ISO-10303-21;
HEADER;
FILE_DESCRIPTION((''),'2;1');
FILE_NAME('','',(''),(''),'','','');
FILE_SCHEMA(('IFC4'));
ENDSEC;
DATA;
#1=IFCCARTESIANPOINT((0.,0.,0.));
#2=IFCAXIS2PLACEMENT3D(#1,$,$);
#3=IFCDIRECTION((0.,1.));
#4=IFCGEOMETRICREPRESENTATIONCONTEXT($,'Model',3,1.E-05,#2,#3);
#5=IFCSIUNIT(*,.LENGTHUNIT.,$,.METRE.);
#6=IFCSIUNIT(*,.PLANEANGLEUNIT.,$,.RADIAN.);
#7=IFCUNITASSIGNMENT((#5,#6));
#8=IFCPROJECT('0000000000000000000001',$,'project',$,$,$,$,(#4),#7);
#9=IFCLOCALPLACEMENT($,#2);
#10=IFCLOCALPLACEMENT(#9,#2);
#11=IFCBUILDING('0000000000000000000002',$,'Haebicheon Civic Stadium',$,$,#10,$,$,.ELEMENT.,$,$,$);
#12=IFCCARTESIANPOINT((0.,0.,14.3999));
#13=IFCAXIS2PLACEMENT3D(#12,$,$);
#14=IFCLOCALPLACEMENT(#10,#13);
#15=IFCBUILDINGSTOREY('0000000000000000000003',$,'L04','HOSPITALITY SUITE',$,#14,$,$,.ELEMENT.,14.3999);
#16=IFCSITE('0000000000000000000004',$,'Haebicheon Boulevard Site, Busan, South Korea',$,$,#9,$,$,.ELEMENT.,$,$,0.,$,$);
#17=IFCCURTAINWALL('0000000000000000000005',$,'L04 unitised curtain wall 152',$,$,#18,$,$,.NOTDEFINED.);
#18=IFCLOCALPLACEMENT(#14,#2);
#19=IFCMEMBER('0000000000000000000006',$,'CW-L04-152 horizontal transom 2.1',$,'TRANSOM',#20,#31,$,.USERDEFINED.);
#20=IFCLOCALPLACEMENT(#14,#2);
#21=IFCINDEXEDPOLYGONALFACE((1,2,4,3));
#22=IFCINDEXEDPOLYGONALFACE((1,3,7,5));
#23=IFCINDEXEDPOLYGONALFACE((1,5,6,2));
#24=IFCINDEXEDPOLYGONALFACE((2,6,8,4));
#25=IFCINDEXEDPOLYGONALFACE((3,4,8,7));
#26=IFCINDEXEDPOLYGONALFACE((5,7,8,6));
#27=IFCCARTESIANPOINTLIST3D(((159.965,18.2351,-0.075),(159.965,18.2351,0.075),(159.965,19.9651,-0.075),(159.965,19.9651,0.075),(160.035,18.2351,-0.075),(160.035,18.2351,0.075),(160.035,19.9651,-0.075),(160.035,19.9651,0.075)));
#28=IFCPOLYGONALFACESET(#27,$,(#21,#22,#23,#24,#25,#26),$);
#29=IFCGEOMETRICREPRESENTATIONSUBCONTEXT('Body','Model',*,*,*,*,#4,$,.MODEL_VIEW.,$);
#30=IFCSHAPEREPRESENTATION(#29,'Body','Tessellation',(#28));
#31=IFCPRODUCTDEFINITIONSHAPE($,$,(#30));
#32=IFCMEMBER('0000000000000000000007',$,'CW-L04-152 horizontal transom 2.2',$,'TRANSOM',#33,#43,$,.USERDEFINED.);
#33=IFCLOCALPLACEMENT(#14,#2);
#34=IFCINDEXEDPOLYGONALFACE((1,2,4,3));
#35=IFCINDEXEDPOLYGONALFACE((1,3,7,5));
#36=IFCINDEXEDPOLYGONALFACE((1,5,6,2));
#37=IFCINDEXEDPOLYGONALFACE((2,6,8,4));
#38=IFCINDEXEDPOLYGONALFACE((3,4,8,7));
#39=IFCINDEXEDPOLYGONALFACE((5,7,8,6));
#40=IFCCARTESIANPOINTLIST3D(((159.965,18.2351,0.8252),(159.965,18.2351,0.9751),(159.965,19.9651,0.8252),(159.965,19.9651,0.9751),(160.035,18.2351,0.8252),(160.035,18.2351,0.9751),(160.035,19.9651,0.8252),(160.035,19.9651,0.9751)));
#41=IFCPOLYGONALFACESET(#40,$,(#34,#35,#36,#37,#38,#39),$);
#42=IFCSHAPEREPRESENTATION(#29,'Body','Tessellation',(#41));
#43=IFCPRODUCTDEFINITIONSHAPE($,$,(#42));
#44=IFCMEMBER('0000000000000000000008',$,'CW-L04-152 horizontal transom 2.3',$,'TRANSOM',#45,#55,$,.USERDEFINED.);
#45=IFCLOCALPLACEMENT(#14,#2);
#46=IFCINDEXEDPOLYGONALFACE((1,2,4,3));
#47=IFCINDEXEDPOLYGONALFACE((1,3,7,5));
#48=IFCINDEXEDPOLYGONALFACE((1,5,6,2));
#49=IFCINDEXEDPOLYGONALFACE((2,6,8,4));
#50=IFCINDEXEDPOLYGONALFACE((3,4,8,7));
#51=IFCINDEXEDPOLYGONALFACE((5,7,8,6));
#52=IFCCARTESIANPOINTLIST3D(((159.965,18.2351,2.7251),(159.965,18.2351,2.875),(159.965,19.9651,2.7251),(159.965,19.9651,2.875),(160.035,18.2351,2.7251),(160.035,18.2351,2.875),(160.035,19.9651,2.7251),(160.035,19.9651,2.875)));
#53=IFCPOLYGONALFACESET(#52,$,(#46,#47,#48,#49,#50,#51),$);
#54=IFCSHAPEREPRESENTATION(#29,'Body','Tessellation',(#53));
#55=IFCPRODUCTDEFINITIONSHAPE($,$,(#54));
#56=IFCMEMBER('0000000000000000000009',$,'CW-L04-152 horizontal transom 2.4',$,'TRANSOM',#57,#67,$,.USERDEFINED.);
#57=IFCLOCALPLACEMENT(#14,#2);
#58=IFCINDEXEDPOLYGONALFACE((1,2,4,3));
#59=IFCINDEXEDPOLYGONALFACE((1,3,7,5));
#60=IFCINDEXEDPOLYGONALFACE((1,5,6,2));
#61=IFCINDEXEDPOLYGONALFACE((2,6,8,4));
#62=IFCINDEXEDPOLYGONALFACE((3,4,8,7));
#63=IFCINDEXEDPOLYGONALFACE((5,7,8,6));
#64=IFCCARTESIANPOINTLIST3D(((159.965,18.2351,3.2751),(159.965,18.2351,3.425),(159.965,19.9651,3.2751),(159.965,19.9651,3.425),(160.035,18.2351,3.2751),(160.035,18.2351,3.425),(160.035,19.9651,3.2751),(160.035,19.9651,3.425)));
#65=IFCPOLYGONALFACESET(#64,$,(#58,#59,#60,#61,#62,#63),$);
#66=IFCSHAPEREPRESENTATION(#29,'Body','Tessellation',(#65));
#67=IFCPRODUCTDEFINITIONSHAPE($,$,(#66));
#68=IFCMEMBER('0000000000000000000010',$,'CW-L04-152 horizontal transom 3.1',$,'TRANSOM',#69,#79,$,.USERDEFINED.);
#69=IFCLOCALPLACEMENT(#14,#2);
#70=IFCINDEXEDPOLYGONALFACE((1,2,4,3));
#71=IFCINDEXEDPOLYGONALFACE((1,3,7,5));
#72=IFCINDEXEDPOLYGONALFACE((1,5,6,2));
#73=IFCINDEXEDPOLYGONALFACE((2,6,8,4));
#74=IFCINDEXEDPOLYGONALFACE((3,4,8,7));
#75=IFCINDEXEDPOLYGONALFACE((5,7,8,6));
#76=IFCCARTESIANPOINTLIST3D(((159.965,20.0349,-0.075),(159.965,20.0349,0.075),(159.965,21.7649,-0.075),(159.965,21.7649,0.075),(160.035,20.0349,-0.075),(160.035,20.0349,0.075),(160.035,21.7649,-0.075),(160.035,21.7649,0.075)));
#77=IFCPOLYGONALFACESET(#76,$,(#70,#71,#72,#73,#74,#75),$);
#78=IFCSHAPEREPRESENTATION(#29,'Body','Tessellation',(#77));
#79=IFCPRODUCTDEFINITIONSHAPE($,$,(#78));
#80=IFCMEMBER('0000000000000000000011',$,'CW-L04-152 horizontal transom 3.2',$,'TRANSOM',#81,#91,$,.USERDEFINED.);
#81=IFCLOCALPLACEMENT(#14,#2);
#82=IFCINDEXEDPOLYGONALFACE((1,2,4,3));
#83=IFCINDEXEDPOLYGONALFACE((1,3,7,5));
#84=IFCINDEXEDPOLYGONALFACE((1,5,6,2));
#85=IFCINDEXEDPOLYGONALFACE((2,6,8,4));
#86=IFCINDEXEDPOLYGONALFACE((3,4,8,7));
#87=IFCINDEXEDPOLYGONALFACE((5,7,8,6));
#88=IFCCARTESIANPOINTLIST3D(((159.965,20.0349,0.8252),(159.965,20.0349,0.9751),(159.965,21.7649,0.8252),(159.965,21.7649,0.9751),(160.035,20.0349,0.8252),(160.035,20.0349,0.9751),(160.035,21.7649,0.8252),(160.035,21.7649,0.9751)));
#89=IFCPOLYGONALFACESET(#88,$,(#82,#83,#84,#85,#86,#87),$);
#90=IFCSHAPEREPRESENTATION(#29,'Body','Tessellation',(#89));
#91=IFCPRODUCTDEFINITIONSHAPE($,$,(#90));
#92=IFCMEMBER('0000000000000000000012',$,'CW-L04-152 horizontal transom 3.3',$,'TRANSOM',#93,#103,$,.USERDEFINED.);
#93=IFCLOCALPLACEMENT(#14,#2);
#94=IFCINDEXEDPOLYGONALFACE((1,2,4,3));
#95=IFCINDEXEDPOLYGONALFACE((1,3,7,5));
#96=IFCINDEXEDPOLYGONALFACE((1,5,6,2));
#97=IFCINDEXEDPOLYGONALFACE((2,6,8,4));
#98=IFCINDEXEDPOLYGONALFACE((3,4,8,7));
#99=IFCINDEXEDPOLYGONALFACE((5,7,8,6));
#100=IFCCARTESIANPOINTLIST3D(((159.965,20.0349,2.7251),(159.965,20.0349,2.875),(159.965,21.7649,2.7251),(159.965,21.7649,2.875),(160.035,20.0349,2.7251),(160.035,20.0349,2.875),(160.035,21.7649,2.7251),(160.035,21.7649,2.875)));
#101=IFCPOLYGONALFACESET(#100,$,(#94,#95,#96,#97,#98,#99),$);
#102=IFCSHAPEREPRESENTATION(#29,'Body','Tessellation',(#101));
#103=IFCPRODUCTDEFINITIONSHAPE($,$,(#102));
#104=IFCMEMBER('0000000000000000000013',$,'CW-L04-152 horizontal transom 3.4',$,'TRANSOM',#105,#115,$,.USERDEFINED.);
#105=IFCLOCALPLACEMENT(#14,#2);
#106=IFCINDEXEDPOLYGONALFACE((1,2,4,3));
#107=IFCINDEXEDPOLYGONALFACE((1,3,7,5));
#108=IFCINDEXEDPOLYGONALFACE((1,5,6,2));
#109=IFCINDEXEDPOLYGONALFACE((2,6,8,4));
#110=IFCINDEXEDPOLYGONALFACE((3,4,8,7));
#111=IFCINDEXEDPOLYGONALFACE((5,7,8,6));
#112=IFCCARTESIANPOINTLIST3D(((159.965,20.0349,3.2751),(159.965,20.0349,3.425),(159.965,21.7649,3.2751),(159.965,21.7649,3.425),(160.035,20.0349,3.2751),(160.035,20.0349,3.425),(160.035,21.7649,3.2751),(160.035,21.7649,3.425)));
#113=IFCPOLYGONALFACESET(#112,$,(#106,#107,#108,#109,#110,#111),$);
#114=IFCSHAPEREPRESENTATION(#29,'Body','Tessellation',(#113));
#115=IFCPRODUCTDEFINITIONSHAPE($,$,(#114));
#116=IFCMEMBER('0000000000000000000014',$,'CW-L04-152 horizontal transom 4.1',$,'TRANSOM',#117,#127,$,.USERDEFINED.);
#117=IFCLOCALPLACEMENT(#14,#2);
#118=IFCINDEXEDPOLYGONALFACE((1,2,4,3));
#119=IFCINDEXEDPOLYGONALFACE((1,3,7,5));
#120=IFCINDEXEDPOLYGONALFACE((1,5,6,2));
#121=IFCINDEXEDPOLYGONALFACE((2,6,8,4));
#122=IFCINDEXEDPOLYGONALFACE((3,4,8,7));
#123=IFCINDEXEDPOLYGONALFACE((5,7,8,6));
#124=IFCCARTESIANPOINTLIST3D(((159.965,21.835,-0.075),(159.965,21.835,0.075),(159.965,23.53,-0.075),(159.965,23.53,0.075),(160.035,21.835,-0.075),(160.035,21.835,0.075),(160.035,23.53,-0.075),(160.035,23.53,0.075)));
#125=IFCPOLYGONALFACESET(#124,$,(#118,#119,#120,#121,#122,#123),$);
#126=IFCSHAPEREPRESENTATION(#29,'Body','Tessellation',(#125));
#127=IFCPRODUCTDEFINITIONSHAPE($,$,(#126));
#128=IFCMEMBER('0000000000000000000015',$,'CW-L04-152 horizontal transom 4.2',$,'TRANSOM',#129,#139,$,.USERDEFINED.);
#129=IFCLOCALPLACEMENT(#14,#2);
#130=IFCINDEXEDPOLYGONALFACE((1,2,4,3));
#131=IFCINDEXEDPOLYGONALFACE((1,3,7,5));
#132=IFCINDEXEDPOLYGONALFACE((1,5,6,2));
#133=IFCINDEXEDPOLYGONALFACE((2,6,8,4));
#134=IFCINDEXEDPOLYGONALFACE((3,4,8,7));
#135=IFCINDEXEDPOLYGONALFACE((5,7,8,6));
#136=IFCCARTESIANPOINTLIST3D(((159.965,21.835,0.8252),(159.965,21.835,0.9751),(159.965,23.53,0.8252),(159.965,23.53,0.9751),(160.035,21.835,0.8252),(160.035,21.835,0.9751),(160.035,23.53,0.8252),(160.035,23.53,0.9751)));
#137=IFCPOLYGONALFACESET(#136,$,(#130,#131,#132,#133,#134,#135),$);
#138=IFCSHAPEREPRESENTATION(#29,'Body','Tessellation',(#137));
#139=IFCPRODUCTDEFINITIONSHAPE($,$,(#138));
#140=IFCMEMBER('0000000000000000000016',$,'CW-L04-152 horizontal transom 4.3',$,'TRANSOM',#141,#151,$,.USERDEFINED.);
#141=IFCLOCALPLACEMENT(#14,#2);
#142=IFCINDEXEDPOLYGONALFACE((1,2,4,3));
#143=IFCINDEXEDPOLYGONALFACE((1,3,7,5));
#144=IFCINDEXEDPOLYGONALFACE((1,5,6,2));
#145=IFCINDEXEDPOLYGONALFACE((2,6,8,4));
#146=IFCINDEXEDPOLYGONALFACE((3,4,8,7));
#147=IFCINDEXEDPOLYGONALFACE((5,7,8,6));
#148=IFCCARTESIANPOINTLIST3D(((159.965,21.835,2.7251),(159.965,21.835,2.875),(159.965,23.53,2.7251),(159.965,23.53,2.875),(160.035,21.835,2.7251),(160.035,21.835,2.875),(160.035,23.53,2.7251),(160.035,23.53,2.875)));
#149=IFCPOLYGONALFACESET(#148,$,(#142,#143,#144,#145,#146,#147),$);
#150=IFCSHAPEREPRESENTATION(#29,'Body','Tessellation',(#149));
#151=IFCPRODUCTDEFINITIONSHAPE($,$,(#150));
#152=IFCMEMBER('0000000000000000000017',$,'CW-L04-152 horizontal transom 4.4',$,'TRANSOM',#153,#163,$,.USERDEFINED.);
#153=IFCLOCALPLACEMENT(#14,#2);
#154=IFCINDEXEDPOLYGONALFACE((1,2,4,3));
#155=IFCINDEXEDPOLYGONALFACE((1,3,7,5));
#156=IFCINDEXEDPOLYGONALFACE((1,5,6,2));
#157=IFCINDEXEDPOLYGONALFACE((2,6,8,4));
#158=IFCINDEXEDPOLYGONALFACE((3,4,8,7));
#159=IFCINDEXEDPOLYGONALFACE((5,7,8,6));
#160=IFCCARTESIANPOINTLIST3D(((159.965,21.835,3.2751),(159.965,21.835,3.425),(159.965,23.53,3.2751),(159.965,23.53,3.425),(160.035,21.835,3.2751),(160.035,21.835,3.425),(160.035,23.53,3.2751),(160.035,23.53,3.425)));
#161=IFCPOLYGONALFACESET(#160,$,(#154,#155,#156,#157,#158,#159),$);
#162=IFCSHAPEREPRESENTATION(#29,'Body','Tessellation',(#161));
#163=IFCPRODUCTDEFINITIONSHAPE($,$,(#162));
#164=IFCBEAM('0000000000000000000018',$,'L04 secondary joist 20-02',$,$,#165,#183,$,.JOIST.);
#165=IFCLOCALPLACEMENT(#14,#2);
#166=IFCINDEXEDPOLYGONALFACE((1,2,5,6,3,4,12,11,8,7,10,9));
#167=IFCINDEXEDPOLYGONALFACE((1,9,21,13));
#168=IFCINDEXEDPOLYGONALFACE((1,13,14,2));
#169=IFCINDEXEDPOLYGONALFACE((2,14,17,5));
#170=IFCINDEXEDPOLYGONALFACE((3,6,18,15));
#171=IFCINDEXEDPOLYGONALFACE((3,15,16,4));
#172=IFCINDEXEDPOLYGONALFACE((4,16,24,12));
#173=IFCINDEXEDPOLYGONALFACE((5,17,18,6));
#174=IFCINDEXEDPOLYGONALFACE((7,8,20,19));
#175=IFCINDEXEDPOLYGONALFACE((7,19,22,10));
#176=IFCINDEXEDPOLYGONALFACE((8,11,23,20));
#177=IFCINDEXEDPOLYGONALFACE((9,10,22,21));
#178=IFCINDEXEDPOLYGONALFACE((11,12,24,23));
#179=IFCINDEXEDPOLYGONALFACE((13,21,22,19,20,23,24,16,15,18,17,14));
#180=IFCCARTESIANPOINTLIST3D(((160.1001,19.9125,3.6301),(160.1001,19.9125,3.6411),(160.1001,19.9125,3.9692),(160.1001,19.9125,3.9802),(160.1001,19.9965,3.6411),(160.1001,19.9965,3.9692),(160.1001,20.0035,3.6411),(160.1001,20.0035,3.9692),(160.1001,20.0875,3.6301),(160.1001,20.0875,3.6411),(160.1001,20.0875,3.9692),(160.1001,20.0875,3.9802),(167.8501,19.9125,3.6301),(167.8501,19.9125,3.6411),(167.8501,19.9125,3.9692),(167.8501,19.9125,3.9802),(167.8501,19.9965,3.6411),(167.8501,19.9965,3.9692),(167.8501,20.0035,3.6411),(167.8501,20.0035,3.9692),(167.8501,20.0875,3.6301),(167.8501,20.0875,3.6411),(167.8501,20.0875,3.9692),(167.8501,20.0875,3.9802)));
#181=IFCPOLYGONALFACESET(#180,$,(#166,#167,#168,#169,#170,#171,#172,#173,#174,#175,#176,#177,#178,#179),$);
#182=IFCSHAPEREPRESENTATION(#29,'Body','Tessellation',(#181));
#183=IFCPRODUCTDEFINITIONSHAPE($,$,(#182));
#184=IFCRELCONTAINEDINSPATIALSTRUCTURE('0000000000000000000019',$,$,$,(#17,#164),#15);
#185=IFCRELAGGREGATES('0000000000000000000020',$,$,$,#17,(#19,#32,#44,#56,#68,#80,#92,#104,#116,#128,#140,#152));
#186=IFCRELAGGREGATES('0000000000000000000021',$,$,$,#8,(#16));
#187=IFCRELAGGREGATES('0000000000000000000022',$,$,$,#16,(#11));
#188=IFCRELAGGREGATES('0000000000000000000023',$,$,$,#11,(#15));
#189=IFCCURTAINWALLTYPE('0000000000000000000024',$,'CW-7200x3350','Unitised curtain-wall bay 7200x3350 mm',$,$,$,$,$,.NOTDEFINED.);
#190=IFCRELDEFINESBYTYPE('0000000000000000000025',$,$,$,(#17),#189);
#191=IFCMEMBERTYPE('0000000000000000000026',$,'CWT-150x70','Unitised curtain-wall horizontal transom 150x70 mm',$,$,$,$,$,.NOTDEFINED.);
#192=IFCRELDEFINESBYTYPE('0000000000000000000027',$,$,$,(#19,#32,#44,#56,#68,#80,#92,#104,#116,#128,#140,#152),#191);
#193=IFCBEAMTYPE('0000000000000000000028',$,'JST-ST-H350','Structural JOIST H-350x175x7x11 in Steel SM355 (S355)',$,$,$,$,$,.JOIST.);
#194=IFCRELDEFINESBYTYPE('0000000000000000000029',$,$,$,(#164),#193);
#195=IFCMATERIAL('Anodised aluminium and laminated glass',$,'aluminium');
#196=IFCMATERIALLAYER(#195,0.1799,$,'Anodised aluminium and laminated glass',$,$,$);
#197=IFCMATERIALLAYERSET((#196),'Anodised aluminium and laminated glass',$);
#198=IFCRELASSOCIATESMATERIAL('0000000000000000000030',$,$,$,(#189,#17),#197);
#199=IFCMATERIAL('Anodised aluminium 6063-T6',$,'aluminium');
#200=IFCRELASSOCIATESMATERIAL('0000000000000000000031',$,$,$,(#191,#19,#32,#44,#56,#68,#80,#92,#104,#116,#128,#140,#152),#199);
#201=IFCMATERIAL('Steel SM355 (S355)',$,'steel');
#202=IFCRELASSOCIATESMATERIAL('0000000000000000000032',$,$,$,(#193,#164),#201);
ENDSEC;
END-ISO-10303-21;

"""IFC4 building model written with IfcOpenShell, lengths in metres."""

from ifc_helpers import new_model, si_unit, direction, frame, origin, origin_2d, place, context, subcontext, project, spatial, rectangle, i_section, extrude, material, layer, layer_set, material_profile, profile_set, type_object, element, aggregate, save


model = new_model("IFC4")

# Units and contexts
model_context = context("Model", 3, precision=1e-05, world=origin(), true_north=direction((0.0, 1.0)))
body_context = subcontext(model_context, "Body", "Model", "MODEL_VIEW")
ifc_project = project(units=[si_unit("LENGTHUNIT", "METRE"), si_unit("PLANEANGLEUNIT", "RADIAN")], contexts=[model_context])

# Site, building, storey
site_placement = place(None, origin())
site = spatial("IfcSite", under=ifc_project, at=site_placement, Name="Haebicheon Boulevard Site, Busan, South Korea", CompositionType="ELEMENT", RefElevation=0.0)
building_placement = place(site_placement, origin())
building = spatial("IfcBuilding", under=site, at=building_placement, Name="Haebicheon Civic Stadium", CompositionType="ELEMENT")
storey_placement = place(building_placement, frame((0.0, 0.0, 14.3999)))
storey = spatial("IfcBuildingStorey", under=building, at=storey_placement, Name="L04", Description="HOSPITALITY SUITE", CompositionType="ELEMENT", Elevation=14.3999)

# Curtain wall, members
ifc_material_1 = material(Name="Anodised aluminium and laminated glass", Category="aluminium")
ifc_layer_1 = layer(ifc_material_1, 0.1799, Name="Anodised aluminium and laminated glass")
ifc_layer_set_1 = layer_set([ifc_layer_1], Name="Anodised aluminium and laminated glass")
curtain_wall_type = type_object("IfcCurtainWallType", Name="CW-7200x3350", Description="Unitised curtain-wall bay 7200x3350 mm", PredefinedType="NOTDEFINED", material=ifc_layer_set_1)
curtain_wall_placement = place(storey_placement, origin())
curtain_wall = element("IfcCurtainWall", 1, at=curtain_wall_placement, inside=storey, type_object=curtain_wall_type, material=ifc_layer_set_1, Name="L04 unitised curtain wall 152", PredefinedType="NOTDEFINED")
ifc_material_2 = material(Name="Anodised aluminium 6063-T6", Category="aluminium")
ifc_material_profile_1 = material_profile(ifc_material_2, rectangle(XDim=0.0701, YDim=0.1499, at=origin_2d()), Name="ALU-TRAN-70x150")
ifc_profile_set_1 = profile_set([ifc_material_profile_1], Name="Anodised aluminium 6063-T6")
member_type_1 = type_object("IfcMemberType", Name="CWT-150x70", Description="Unitised curtain-wall horizontal transom 150x70 mm", PredefinedType="NOTDEFINED", material=ifc_profile_set_1)
member_1_placement = place(storey_placement, frame((160.0, 18.2351, 0.0), z_axis=(0.0, 1.0, 0.0), x_axis=(-1.0, 0.0, 0.0)))
member_1 = element("IfcMember", 2, at=member_1_placement, type_object=member_type_1, material=ifc_profile_set_1, Name="CW-L04-152 horizontal transom 2.1", ObjectType="TRANSOM", PredefinedType="USERDEFINED", context=body_context, shape_type="SweptSolid", body=[
    extrude(rectangle(XDim=0.0701, YDim=0.1499, at=origin_2d()), origin(), (0.0, 0.0, 1.0), 1.73),
])
member_2_placement = place(storey_placement, frame((160.0, 18.2351, 0.9001), z_axis=(0.0, 1.0, 0.0), x_axis=(-1.0, 0.0, 0.0)))
member_2 = element("IfcMember", 3, at=member_2_placement, type_object=member_type_1, material=ifc_profile_set_1, Name="CW-L04-152 horizontal transom 2.2", ObjectType="TRANSOM", PredefinedType="USERDEFINED", context=body_context, shape_type="SweptSolid", body=[
    extrude(rectangle(XDim=0.0701, YDim=0.1499, at=origin_2d()), origin(), (0.0, 0.0, 1.0), 1.73),
])
member_3_placement = place(storey_placement, frame((160.0, 18.2351, 2.8), z_axis=(0.0, 1.0, 0.0), x_axis=(-1.0, 0.0, 0.0)))
member_3 = element("IfcMember", 4, at=member_3_placement, type_object=member_type_1, material=ifc_profile_set_1, Name="CW-L04-152 horizontal transom 2.3", ObjectType="TRANSOM", PredefinedType="USERDEFINED", context=body_context, shape_type="SweptSolid", body=[
    extrude(rectangle(XDim=0.0701, YDim=0.1499, at=origin_2d()), origin(), (0.0, 0.0, 1.0), 1.73),
])
member_4_placement = place(storey_placement, frame((160.0, 18.2351, 3.3501), z_axis=(0.0, 1.0, 0.0), x_axis=(-1.0, 0.0, 0.0)))
member_4 = element("IfcMember", 5, at=member_4_placement, type_object=member_type_1, material=ifc_profile_set_1, Name="CW-L04-152 horizontal transom 2.4", ObjectType="TRANSOM", PredefinedType="USERDEFINED", context=body_context, shape_type="SweptSolid", body=[
    extrude(rectangle(XDim=0.0701, YDim=0.1499, at=origin_2d()), origin(), (0.0, 0.0, 1.0), 1.73),
])
member_5_placement = place(storey_placement, frame((160.0, 20.0349, 0.0), z_axis=(0.0, 1.0, 0.0), x_axis=(-1.0, 0.0, 0.0)))
member_5 = element("IfcMember", 6, at=member_5_placement, type_object=member_type_1, material=ifc_profile_set_1, Name="CW-L04-152 horizontal transom 3.1", ObjectType="TRANSOM", PredefinedType="USERDEFINED", context=body_context, shape_type="SweptSolid", body=[
    extrude(rectangle(XDim=0.0701, YDim=0.1499, at=origin_2d()), origin(), (0.0, 0.0, 1.0), 1.73),
])
member_6_placement = place(storey_placement, frame((160.0, 20.0349, 0.9001), z_axis=(0.0, 1.0, 0.0), x_axis=(-1.0, 0.0, 0.0)))
member_6 = element("IfcMember", 7, at=member_6_placement, type_object=member_type_1, material=ifc_profile_set_1, Name="CW-L04-152 horizontal transom 3.2", ObjectType="TRANSOM", PredefinedType="USERDEFINED", context=body_context, shape_type="SweptSolid", body=[
    extrude(rectangle(XDim=0.0701, YDim=0.1499, at=origin_2d()), origin(), (0.0, 0.0, 1.0), 1.73),
])
member_7_placement = place(storey_placement, frame((160.0, 20.0349, 2.8), z_axis=(0.0, 1.0, 0.0), x_axis=(-1.0, 0.0, 0.0)))
member_7 = element("IfcMember", 8, at=member_7_placement, type_object=member_type_1, material=ifc_profile_set_1, Name="CW-L04-152 horizontal transom 3.3", ObjectType="TRANSOM", PredefinedType="USERDEFINED", context=body_context, shape_type="SweptSolid", body=[
    extrude(rectangle(XDim=0.0701, YDim=0.1499, at=origin_2d()), origin(), (0.0, 0.0, 1.0), 1.73),
])
member_8_placement = place(storey_placement, frame((160.0, 20.0349, 3.3501), z_axis=(0.0, 1.0, 0.0), x_axis=(-1.0, 0.0, 0.0)))
member_8 = element("IfcMember", 9, at=member_8_placement, type_object=member_type_1, material=ifc_profile_set_1, Name="CW-L04-152 horizontal transom 3.4", ObjectType="TRANSOM", PredefinedType="USERDEFINED", context=body_context, shape_type="SweptSolid", body=[
    extrude(rectangle(XDim=0.0701, YDim=0.1499, at=origin_2d()), origin(), (0.0, 0.0, 1.0), 1.73),
])
member_9_placement = place(storey_placement, frame((160.0, 21.835, 0.0), z_axis=(0.0, 1.0, 0.0), x_axis=(-1.0, 0.0, 0.0)))
member_9 = element("IfcMember", 10, at=member_9_placement, type_object=member_type_1, material=ifc_profile_set_1, Name="CW-L04-152 horizontal transom 4.1", ObjectType="TRANSOM", PredefinedType="USERDEFINED", context=body_context, shape_type="SweptSolid", body=[
    extrude(rectangle(XDim=0.0701, YDim=0.1499, at=origin_2d()), origin(), (0.0, 0.0, 1.0), 1.6951),
])
member_10_placement = place(storey_placement, frame((160.0, 21.835, 0.9001), z_axis=(0.0, 1.0, 0.0), x_axis=(-1.0, 0.0, 0.0)))
member_10 = element("IfcMember", 11, at=member_10_placement, type_object=member_type_1, material=ifc_profile_set_1, Name="CW-L04-152 horizontal transom 4.2", ObjectType="TRANSOM", PredefinedType="USERDEFINED", context=body_context, shape_type="SweptSolid", body=[
    extrude(rectangle(XDim=0.0701, YDim=0.1499, at=origin_2d()), origin(), (0.0, 0.0, 1.0), 1.6951),
])
member_11_placement = place(storey_placement, frame((160.0, 21.835, 2.8), z_axis=(0.0, 1.0, 0.0), x_axis=(-1.0, 0.0, 0.0)))
member_11 = element("IfcMember", 12, at=member_11_placement, type_object=member_type_1, material=ifc_profile_set_1, Name="CW-L04-152 horizontal transom 4.3", ObjectType="TRANSOM", PredefinedType="USERDEFINED", context=body_context, shape_type="SweptSolid", body=[
    extrude(rectangle(XDim=0.0701, YDim=0.1499, at=origin_2d()), origin(), (0.0, 0.0, 1.0), 1.6951),
])
member_12_placement = place(storey_placement, frame((160.0, 21.835, 3.3501), z_axis=(0.0, 1.0, 0.0), x_axis=(-1.0, 0.0, 0.0)))
member_12 = element("IfcMember", 13, at=member_12_placement, type_object=member_type_1, material=ifc_profile_set_1, Name="CW-L04-152 horizontal transom 4.4", ObjectType="TRANSOM", PredefinedType="USERDEFINED", context=body_context, shape_type="SweptSolid", body=[
    extrude(rectangle(XDim=0.0701, YDim=0.1499, at=origin_2d()), origin(), (0.0, 0.0, 1.0), 1.6951),
])

# Beam
ifc_material_3 = material(Name="Steel SM355 (S355)", Category="steel")
ifc_material_profile_2 = material_profile(ifc_material_3, i_section(OverallWidth=0.175, OverallDepth=0.3501, WebThickness=0.0071, FlangeThickness=0.011, at=origin_2d()), Name="H-350x175x7x11")
ifc_profile_set_2 = profile_set([ifc_material_profile_2], Name="Steel SM355 (S355)")
beam_type_1 = type_object("IfcBeamType", Name="JST-ST-H350", Description="Structural JOIST H-350x175x7x11 in Steel SM355 (S355)", PredefinedType="JOIST", material=ifc_profile_set_2)
for number, where, z_axis, x_axis, name in (
    (14, (160.1001, 20.0, 3.8052), (1.0, 0.0, 0.0), (0.0, 1.0, 0.0), "L04 secondary joist 20-02"),
):
    element("IfcBeam", number, at=place(storey_placement, frame(where, z_axis=z_axis, x_axis=x_axis)), inside=storey, type_object=beam_type_1, material=ifc_profile_set_2, Name=name, PredefinedType="JOIST", context=body_context, shape_type="SweptSolid", body=[
        extrude(i_section(OverallWidth=0.175, OverallDepth=0.3501, WebThickness=0.0071, FlangeThickness=0.011, at=origin_2d()), origin(), (0.0, 0.0, 1.0), 7.75),
    ])

aggregate(curtain_wall, [member_1, member_2, member_3, member_4, member_5, member_6, member_7, member_8, member_9, member_10, member_11, member_12])

save(model, "model.ifc")
